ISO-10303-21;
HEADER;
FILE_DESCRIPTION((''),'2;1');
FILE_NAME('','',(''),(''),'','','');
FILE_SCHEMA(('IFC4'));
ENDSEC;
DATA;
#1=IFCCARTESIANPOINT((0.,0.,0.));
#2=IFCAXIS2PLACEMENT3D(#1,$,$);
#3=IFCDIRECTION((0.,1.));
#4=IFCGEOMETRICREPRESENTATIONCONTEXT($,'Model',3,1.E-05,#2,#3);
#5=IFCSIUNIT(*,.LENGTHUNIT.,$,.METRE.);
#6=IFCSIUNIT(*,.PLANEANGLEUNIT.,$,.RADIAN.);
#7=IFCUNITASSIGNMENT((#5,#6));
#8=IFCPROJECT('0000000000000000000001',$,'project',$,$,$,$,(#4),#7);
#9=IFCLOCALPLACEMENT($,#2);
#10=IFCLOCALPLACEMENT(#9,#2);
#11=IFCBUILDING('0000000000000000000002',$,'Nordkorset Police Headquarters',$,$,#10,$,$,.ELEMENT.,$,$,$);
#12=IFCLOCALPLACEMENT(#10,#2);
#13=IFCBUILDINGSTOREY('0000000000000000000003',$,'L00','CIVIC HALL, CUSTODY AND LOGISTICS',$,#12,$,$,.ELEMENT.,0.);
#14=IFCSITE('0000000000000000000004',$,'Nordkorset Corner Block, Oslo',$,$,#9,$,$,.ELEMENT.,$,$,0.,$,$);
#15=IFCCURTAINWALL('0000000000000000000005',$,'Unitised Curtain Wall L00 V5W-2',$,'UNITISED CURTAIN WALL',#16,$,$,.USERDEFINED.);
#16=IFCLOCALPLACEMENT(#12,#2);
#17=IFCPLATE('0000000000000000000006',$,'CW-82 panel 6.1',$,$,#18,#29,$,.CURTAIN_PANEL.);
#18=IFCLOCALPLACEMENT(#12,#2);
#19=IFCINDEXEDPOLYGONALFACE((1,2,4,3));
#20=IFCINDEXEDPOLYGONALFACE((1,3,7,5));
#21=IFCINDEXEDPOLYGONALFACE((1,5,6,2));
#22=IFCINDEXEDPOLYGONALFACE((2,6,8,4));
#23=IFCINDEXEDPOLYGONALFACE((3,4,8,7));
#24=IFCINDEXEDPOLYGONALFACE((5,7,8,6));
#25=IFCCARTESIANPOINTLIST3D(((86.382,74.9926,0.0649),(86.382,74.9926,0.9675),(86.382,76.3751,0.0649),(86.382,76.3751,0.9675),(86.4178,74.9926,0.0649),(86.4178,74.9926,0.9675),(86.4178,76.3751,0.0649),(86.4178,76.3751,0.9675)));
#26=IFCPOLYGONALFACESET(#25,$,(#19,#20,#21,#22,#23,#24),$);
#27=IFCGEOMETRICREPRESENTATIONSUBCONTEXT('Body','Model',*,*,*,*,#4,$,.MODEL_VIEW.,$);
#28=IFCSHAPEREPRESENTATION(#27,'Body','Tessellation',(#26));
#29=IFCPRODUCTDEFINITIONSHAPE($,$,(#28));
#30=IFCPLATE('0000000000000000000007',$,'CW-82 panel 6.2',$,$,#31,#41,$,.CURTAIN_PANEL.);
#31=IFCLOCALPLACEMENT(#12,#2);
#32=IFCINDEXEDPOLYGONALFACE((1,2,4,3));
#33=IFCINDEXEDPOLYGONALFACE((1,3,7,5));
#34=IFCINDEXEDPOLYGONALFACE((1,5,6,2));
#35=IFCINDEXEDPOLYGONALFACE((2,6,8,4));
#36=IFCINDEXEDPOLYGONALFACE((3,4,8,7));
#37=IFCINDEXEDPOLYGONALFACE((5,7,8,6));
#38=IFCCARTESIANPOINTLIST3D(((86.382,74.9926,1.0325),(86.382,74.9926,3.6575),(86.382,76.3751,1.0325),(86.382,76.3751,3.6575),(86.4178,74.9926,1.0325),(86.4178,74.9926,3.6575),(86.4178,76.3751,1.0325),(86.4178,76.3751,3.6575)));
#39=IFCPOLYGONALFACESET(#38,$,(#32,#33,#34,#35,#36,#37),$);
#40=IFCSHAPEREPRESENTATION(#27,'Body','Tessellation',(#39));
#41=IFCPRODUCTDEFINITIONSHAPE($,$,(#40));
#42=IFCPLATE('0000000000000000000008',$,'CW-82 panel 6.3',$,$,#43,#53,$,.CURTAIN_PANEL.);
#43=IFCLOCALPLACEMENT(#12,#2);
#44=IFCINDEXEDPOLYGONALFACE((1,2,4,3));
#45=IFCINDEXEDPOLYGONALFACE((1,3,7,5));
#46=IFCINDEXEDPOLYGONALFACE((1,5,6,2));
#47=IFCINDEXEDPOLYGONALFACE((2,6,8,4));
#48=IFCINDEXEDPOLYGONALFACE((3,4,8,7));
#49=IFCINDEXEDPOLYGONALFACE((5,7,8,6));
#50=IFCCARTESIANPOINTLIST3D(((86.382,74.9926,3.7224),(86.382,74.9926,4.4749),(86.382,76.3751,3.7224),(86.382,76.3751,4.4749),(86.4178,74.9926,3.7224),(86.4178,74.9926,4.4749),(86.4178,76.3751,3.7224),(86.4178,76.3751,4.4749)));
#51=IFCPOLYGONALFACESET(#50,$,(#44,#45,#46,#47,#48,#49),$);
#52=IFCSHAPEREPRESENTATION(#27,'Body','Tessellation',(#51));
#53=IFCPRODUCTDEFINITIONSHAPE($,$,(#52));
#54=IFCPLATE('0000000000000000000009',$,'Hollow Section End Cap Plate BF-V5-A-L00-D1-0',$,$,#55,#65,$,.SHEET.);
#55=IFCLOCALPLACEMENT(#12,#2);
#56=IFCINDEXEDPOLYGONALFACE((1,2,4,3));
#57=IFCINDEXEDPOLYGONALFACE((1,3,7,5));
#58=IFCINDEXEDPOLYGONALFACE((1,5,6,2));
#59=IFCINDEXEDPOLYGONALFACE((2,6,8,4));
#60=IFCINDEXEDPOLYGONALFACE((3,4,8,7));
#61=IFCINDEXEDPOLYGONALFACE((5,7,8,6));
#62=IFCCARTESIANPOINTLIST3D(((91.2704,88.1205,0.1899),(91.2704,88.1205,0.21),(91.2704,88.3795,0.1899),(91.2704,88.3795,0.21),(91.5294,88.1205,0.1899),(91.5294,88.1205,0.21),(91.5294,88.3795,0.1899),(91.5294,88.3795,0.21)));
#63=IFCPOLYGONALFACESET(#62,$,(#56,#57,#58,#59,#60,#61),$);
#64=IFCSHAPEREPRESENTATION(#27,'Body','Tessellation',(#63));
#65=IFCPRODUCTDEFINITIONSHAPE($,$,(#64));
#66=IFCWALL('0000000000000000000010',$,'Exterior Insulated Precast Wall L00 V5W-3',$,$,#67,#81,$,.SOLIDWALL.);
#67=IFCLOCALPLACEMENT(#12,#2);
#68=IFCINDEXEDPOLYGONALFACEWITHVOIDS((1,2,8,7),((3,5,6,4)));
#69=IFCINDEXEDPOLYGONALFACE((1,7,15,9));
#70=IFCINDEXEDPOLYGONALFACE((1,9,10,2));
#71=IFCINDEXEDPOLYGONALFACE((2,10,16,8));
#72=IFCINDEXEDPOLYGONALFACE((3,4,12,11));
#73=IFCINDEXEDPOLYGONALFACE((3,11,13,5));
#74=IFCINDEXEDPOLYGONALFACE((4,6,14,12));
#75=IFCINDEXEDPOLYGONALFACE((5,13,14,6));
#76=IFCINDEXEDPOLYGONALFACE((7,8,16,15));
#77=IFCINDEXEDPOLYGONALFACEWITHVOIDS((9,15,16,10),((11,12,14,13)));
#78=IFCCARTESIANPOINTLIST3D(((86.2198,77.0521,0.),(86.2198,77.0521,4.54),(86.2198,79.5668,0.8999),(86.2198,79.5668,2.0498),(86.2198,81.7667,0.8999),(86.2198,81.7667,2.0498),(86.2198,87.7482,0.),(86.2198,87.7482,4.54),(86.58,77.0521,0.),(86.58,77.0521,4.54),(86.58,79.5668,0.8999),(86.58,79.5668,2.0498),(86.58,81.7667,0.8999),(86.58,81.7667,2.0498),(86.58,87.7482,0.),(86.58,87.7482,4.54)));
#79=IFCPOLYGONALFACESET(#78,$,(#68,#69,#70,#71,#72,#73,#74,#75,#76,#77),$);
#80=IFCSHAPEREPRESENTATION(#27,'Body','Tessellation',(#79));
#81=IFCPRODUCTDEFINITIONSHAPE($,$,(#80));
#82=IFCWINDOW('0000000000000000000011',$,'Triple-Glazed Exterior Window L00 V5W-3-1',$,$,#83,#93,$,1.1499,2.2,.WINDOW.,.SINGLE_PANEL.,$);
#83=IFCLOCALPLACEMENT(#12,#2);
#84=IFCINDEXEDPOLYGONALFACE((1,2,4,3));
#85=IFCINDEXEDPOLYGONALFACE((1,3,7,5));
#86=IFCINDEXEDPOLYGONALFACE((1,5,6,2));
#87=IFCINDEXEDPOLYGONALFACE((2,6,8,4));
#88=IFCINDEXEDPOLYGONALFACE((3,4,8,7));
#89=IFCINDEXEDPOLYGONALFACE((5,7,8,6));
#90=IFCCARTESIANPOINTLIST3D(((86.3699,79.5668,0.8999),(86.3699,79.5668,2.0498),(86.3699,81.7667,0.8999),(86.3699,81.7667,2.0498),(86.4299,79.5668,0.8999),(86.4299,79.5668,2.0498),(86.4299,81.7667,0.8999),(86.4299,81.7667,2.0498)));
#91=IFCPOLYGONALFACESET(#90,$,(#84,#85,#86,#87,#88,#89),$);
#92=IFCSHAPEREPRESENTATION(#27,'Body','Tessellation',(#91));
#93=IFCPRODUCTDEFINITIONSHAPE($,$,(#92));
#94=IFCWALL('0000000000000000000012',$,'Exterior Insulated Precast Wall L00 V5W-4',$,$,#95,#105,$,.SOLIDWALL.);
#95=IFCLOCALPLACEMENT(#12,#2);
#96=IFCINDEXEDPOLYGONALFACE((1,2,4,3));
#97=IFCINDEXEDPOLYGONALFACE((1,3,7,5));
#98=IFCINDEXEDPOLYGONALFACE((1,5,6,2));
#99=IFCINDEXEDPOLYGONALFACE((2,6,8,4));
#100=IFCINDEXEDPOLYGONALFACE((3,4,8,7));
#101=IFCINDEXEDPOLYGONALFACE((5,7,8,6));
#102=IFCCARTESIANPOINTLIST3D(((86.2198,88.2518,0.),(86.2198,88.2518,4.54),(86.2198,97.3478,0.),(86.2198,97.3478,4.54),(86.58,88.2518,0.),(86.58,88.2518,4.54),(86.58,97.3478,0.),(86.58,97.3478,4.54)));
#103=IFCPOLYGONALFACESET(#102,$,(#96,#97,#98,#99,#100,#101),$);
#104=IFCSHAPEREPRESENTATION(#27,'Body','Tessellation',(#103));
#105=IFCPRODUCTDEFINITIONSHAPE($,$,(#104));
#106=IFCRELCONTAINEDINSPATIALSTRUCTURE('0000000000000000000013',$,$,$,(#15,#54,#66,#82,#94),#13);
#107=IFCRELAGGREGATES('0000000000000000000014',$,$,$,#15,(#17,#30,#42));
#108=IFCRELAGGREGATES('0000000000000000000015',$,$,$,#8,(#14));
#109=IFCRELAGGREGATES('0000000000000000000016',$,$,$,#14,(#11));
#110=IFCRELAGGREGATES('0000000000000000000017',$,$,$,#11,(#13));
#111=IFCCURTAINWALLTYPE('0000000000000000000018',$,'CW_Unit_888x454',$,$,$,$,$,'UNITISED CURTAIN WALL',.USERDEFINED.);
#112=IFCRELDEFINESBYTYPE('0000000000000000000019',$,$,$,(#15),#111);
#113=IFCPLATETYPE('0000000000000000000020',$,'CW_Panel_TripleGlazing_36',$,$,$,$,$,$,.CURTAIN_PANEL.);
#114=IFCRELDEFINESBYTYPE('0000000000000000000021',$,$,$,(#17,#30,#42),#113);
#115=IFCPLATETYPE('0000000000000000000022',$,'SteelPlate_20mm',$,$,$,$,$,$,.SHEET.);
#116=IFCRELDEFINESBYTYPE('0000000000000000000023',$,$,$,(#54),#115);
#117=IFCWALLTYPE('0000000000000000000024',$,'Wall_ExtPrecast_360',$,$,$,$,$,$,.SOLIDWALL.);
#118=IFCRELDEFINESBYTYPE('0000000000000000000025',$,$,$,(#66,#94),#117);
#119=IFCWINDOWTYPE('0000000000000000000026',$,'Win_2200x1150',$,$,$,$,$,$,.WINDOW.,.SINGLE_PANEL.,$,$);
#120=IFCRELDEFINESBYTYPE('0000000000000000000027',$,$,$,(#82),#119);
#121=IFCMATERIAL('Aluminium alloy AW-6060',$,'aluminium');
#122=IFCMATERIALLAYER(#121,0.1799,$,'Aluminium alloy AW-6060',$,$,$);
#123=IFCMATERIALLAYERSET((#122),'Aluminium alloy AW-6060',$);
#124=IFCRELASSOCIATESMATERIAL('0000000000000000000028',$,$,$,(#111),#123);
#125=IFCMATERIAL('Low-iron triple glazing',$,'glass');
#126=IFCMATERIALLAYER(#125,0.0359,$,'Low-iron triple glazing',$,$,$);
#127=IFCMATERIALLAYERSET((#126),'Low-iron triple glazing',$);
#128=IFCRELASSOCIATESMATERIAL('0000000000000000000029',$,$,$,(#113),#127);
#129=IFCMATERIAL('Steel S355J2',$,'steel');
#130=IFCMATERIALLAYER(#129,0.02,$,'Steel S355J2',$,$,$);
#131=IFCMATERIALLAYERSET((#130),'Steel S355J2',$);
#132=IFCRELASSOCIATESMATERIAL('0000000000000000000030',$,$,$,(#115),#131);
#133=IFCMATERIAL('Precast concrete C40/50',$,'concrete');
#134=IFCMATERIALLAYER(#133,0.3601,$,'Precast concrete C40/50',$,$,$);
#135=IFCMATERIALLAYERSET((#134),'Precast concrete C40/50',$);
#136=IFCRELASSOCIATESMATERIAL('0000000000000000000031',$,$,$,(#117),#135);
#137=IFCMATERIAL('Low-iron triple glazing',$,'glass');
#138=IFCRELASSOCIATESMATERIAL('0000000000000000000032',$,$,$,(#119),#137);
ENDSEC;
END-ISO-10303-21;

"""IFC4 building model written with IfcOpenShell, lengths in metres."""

from ifc_helpers import new_model, si_unit, direction, frame, frame_2d, origin, origin_2d, place, context, subcontext, project, spatial, rectangle, extrude, material, layer, layer_set, type_object, element, fill, aggregate, save


model = new_model("IFC4")

# Units and contexts
model_context = context("Model", 3, precision=1e-05, world=origin(), true_north=direction((0.0, 1.0)))
body_context = subcontext(model_context, "Body", "Model", "MODEL_VIEW")
ifc_project = project(units=[si_unit("LENGTHUNIT", "METRE"), si_unit("PLANEANGLEUNIT", "RADIAN")], contexts=[model_context])

# Site, building, storey
site_placement = place(None, origin())
site = spatial("IfcSite", under=ifc_project, at=site_placement, Name="Nordkorset Corner Block, Oslo", CompositionType="ELEMENT", RefElevation=0.0)
building_placement = place(site_placement, origin())
building = spatial("IfcBuilding", under=site, at=building_placement, Name="Nordkorset Police Headquarters", CompositionType="ELEMENT")
storey_placement = place(building_placement, origin())
storey = spatial("IfcBuildingStorey", under=building, at=storey_placement, Name="L00", Description="CIVIC HALL, CUSTODY AND LOGISTICS", CompositionType="ELEMENT", Elevation=0.0)

# Curtain wall
ifc_material_1 = material(Name="Aluminium alloy AW-6060", Category="aluminium")
ifc_layer_1 = layer(ifc_material_1, 0.1799, Name="Aluminium alloy AW-6060")
ifc_layer_set_1 = layer_set([ifc_layer_1], Name="Aluminium alloy AW-6060")
curtain_wall_type = type_object("IfcCurtainWallType", Name="CW_Unit_888x454", ElementType="UNITISED CURTAIN WALL", PredefinedType="USERDEFINED", material=ifc_layer_set_1)
curtain_wall_placement = place(storey_placement, origin())
curtain_wall = element("IfcCurtainWall", 1, at=curtain_wall_placement, inside=storey, type_object=curtain_wall_type, Name="Unitised Curtain Wall L00 V5W-2", ObjectType="UNITISED CURTAIN WALL", PredefinedType="USERDEFINED")

# Plates
ifc_material_2 = material(Name="Low-iron triple glazing", Category="glass")
ifc_layer_2 = layer(ifc_material_2, 0.0359, Name="Low-iron triple glazing")
ifc_layer_set_2 = layer_set([ifc_layer_2], Name="Low-iron triple glazing")
plate_type_1 = type_object("IfcPlateType", Name="CW_Panel_TripleGlazing_36", PredefinedType="CURTAIN_PANEL", material=ifc_layer_set_2)
plate_1_placement = place(storey_placement, frame((86.3999, 75.6838, 0.0649), z_axis=(0.0, 0.0, 1.0), x_axis=(0.0, 1.0, 0.0)))
plate_1 = element("IfcPlate", 2, at=plate_1_placement, type_object=plate_type_1, Name="CW-82 panel 6.1", PredefinedType="CURTAIN_PANEL", context=body_context, shape_type="SweptSolid", body=[
    extrude(rectangle(XDim=1.3826, YDim=0.0359, at=origin_2d()), origin(), (0.0, 0.0, 1.0), 0.9026),
])
plate_2_placement = place(storey_placement, frame((86.3999, 75.6838, 1.0325), z_axis=(0.0, 0.0, 1.0), x_axis=(0.0, 1.0, 0.0)))
plate_2 = element("IfcPlate", 3, at=plate_2_placement, type_object=plate_type_1, Name="CW-82 panel 6.2", PredefinedType="CURTAIN_PANEL", context=body_context, shape_type="SweptSolid", body=[
    extrude(rectangle(XDim=1.3826, YDim=0.0359, at=origin_2d()), origin(), (0.0, 0.0, 1.0), 2.625),
])
plate_3_placement = place(storey_placement, frame((86.3999, 75.6838, 3.7224), z_axis=(0.0, 0.0, 1.0), x_axis=(0.0, 1.0, 0.0)))
plate_3 = element("IfcPlate", 4, at=plate_3_placement, type_object=plate_type_1, Name="CW-82 panel 6.3", PredefinedType="CURTAIN_PANEL", context=body_context, shape_type="SweptSolid", body=[
    extrude(rectangle(XDim=1.3826, YDim=0.0359, at=origin_2d()), origin(), (0.0, 0.0, 1.0), 0.7524),
])
aggregate(curtain_wall, [plate_1, plate_2, plate_3])
ifc_material_3 = material(Name="Steel S355J2", Category="steel")
ifc_layer_3 = layer(ifc_material_3, 0.02, Name="Steel S355J2")
ifc_layer_set_3 = layer_set([ifc_layer_3], Name="Steel S355J2")
plate_type_2 = type_object("IfcPlateType", Name="SteelPlate_20mm", PredefinedType="SHEET", material=ifc_layer_set_3)
plate_4_placement = place(storey_placement, frame((91.3999, 88.25, 0.1899), z_axis=(0.0, 0.0, 1.0), x_axis=(1.0, 0.0, 0.0)))
element("IfcPlate", 5, at=plate_4_placement, inside=storey, type_object=plate_type_2, Name="Hollow Section End Cap Plate BF-V5-A-L00-D1-0", PredefinedType="SHEET", context=body_context, shape_type="SweptSolid", body=[
    extrude(rectangle(XDim=0.259, YDim=0.259, at=origin_2d()), origin(), (0.0, 0.0, 1.0), 0.02),
])

# Wall, opening, window
ifc_material_4 = material(Name="Precast concrete C40/50", Category="concrete")
ifc_layer_4 = layer(ifc_material_4, 0.3601, Name="Precast concrete C40/50")
ifc_layer_set_4 = layer_set([ifc_layer_4], Name="Precast concrete C40/50")
wall_type = type_object("IfcWallType", Name="Wall_ExtPrecast_360", PredefinedType="SOLIDWALL", material=ifc_layer_set_4)
wall_1_placement = place(storey_placement, frame((86.3999, 77.052, 0.0), z_axis=(0.0, 0.0, 1.0), x_axis=(0.0, 1.0, 0.0)))
wall_1 = element("IfcWall", 6, at=wall_1_placement, inside=storey, type_object=wall_type, Name="Exterior Insulated Precast Wall L00 V5W-3", PredefinedType="SOLIDWALL", context=body_context, shape_type="SweptSolid", body=[
    extrude(rectangle(XDim=10.696, YDim=0.3601, at=frame_2d((5.3481, 0.0))), origin(), (0.0, 0.0, 1.0), 4.54),
])
opening_placement = place(wall_1_placement, frame((2.5146, 0.0, 0.8999)))
opening = element("IfcOpeningElement", 7, at=opening_placement, cuts=wall_1, PredefinedType="OPENING", context=body_context, shape_type="SweptSolid", body=[
    extrude(rectangle(XDim=2.2, YDim=1.1499, at=frame_2d((1.1001, 0.575))), frame((0.0, 0.1899, 0.0), z_axis=(0.0, -1.0, 0.0), x_axis=(1.0, 0.0, 0.0)), (0.0, 0.0, 1.0), 0.3801),
])
ifc_material_5 = material(Name="Low-iron triple glazing", Category="glass")
window_type = type_object("IfcWindowType", Name="Win_2200x1150", PartitioningType="SINGLE_PANEL", PredefinedType="WINDOW", material=ifc_material_5)
window_placement = place(opening_placement, origin())
window = element("IfcWindow", 8, at=window_placement, inside=storey, type_object=window_type, Name="Triple-Glazed Exterior Window L00 V5W-3-1", OverallHeight=1.1499, OverallWidth=2.2, PartitioningType="SINGLE_PANEL", PredefinedType="WINDOW", context=body_context, shape_type="SweptSolid", body=[
    extrude(rectangle(XDim=2.2, YDim=1.1499, at=frame_2d((1.1001, 0.575))), frame((0.0, 0.03, 0.0), z_axis=(0.0, -1.0, 0.0), x_axis=(1.0, 0.0, 0.0)), (0.0, 0.0, 1.0), 0.0601),
])
fill(opening, window)

# Wall
wall_2_placement = place(storey_placement, frame((86.3999, 88.252, 0.0), z_axis=(0.0, 0.0, 1.0), x_axis=(0.0, 1.0, 0.0)))
element("IfcWall", 9, at=wall_2_placement, inside=storey, type_object=wall_type, Name="Exterior Insulated Precast Wall L00 V5W-4", PredefinedType="SOLIDWALL", context=body_context, shape_type="SweptSolid", body=[
    extrude(rectangle(XDim=9.0959, YDim=0.3601, at=frame_2d((4.5479, 0.0))), origin(), (0.0, 0.0, 1.0), 4.54),
])

save(model, "model.ifc")
